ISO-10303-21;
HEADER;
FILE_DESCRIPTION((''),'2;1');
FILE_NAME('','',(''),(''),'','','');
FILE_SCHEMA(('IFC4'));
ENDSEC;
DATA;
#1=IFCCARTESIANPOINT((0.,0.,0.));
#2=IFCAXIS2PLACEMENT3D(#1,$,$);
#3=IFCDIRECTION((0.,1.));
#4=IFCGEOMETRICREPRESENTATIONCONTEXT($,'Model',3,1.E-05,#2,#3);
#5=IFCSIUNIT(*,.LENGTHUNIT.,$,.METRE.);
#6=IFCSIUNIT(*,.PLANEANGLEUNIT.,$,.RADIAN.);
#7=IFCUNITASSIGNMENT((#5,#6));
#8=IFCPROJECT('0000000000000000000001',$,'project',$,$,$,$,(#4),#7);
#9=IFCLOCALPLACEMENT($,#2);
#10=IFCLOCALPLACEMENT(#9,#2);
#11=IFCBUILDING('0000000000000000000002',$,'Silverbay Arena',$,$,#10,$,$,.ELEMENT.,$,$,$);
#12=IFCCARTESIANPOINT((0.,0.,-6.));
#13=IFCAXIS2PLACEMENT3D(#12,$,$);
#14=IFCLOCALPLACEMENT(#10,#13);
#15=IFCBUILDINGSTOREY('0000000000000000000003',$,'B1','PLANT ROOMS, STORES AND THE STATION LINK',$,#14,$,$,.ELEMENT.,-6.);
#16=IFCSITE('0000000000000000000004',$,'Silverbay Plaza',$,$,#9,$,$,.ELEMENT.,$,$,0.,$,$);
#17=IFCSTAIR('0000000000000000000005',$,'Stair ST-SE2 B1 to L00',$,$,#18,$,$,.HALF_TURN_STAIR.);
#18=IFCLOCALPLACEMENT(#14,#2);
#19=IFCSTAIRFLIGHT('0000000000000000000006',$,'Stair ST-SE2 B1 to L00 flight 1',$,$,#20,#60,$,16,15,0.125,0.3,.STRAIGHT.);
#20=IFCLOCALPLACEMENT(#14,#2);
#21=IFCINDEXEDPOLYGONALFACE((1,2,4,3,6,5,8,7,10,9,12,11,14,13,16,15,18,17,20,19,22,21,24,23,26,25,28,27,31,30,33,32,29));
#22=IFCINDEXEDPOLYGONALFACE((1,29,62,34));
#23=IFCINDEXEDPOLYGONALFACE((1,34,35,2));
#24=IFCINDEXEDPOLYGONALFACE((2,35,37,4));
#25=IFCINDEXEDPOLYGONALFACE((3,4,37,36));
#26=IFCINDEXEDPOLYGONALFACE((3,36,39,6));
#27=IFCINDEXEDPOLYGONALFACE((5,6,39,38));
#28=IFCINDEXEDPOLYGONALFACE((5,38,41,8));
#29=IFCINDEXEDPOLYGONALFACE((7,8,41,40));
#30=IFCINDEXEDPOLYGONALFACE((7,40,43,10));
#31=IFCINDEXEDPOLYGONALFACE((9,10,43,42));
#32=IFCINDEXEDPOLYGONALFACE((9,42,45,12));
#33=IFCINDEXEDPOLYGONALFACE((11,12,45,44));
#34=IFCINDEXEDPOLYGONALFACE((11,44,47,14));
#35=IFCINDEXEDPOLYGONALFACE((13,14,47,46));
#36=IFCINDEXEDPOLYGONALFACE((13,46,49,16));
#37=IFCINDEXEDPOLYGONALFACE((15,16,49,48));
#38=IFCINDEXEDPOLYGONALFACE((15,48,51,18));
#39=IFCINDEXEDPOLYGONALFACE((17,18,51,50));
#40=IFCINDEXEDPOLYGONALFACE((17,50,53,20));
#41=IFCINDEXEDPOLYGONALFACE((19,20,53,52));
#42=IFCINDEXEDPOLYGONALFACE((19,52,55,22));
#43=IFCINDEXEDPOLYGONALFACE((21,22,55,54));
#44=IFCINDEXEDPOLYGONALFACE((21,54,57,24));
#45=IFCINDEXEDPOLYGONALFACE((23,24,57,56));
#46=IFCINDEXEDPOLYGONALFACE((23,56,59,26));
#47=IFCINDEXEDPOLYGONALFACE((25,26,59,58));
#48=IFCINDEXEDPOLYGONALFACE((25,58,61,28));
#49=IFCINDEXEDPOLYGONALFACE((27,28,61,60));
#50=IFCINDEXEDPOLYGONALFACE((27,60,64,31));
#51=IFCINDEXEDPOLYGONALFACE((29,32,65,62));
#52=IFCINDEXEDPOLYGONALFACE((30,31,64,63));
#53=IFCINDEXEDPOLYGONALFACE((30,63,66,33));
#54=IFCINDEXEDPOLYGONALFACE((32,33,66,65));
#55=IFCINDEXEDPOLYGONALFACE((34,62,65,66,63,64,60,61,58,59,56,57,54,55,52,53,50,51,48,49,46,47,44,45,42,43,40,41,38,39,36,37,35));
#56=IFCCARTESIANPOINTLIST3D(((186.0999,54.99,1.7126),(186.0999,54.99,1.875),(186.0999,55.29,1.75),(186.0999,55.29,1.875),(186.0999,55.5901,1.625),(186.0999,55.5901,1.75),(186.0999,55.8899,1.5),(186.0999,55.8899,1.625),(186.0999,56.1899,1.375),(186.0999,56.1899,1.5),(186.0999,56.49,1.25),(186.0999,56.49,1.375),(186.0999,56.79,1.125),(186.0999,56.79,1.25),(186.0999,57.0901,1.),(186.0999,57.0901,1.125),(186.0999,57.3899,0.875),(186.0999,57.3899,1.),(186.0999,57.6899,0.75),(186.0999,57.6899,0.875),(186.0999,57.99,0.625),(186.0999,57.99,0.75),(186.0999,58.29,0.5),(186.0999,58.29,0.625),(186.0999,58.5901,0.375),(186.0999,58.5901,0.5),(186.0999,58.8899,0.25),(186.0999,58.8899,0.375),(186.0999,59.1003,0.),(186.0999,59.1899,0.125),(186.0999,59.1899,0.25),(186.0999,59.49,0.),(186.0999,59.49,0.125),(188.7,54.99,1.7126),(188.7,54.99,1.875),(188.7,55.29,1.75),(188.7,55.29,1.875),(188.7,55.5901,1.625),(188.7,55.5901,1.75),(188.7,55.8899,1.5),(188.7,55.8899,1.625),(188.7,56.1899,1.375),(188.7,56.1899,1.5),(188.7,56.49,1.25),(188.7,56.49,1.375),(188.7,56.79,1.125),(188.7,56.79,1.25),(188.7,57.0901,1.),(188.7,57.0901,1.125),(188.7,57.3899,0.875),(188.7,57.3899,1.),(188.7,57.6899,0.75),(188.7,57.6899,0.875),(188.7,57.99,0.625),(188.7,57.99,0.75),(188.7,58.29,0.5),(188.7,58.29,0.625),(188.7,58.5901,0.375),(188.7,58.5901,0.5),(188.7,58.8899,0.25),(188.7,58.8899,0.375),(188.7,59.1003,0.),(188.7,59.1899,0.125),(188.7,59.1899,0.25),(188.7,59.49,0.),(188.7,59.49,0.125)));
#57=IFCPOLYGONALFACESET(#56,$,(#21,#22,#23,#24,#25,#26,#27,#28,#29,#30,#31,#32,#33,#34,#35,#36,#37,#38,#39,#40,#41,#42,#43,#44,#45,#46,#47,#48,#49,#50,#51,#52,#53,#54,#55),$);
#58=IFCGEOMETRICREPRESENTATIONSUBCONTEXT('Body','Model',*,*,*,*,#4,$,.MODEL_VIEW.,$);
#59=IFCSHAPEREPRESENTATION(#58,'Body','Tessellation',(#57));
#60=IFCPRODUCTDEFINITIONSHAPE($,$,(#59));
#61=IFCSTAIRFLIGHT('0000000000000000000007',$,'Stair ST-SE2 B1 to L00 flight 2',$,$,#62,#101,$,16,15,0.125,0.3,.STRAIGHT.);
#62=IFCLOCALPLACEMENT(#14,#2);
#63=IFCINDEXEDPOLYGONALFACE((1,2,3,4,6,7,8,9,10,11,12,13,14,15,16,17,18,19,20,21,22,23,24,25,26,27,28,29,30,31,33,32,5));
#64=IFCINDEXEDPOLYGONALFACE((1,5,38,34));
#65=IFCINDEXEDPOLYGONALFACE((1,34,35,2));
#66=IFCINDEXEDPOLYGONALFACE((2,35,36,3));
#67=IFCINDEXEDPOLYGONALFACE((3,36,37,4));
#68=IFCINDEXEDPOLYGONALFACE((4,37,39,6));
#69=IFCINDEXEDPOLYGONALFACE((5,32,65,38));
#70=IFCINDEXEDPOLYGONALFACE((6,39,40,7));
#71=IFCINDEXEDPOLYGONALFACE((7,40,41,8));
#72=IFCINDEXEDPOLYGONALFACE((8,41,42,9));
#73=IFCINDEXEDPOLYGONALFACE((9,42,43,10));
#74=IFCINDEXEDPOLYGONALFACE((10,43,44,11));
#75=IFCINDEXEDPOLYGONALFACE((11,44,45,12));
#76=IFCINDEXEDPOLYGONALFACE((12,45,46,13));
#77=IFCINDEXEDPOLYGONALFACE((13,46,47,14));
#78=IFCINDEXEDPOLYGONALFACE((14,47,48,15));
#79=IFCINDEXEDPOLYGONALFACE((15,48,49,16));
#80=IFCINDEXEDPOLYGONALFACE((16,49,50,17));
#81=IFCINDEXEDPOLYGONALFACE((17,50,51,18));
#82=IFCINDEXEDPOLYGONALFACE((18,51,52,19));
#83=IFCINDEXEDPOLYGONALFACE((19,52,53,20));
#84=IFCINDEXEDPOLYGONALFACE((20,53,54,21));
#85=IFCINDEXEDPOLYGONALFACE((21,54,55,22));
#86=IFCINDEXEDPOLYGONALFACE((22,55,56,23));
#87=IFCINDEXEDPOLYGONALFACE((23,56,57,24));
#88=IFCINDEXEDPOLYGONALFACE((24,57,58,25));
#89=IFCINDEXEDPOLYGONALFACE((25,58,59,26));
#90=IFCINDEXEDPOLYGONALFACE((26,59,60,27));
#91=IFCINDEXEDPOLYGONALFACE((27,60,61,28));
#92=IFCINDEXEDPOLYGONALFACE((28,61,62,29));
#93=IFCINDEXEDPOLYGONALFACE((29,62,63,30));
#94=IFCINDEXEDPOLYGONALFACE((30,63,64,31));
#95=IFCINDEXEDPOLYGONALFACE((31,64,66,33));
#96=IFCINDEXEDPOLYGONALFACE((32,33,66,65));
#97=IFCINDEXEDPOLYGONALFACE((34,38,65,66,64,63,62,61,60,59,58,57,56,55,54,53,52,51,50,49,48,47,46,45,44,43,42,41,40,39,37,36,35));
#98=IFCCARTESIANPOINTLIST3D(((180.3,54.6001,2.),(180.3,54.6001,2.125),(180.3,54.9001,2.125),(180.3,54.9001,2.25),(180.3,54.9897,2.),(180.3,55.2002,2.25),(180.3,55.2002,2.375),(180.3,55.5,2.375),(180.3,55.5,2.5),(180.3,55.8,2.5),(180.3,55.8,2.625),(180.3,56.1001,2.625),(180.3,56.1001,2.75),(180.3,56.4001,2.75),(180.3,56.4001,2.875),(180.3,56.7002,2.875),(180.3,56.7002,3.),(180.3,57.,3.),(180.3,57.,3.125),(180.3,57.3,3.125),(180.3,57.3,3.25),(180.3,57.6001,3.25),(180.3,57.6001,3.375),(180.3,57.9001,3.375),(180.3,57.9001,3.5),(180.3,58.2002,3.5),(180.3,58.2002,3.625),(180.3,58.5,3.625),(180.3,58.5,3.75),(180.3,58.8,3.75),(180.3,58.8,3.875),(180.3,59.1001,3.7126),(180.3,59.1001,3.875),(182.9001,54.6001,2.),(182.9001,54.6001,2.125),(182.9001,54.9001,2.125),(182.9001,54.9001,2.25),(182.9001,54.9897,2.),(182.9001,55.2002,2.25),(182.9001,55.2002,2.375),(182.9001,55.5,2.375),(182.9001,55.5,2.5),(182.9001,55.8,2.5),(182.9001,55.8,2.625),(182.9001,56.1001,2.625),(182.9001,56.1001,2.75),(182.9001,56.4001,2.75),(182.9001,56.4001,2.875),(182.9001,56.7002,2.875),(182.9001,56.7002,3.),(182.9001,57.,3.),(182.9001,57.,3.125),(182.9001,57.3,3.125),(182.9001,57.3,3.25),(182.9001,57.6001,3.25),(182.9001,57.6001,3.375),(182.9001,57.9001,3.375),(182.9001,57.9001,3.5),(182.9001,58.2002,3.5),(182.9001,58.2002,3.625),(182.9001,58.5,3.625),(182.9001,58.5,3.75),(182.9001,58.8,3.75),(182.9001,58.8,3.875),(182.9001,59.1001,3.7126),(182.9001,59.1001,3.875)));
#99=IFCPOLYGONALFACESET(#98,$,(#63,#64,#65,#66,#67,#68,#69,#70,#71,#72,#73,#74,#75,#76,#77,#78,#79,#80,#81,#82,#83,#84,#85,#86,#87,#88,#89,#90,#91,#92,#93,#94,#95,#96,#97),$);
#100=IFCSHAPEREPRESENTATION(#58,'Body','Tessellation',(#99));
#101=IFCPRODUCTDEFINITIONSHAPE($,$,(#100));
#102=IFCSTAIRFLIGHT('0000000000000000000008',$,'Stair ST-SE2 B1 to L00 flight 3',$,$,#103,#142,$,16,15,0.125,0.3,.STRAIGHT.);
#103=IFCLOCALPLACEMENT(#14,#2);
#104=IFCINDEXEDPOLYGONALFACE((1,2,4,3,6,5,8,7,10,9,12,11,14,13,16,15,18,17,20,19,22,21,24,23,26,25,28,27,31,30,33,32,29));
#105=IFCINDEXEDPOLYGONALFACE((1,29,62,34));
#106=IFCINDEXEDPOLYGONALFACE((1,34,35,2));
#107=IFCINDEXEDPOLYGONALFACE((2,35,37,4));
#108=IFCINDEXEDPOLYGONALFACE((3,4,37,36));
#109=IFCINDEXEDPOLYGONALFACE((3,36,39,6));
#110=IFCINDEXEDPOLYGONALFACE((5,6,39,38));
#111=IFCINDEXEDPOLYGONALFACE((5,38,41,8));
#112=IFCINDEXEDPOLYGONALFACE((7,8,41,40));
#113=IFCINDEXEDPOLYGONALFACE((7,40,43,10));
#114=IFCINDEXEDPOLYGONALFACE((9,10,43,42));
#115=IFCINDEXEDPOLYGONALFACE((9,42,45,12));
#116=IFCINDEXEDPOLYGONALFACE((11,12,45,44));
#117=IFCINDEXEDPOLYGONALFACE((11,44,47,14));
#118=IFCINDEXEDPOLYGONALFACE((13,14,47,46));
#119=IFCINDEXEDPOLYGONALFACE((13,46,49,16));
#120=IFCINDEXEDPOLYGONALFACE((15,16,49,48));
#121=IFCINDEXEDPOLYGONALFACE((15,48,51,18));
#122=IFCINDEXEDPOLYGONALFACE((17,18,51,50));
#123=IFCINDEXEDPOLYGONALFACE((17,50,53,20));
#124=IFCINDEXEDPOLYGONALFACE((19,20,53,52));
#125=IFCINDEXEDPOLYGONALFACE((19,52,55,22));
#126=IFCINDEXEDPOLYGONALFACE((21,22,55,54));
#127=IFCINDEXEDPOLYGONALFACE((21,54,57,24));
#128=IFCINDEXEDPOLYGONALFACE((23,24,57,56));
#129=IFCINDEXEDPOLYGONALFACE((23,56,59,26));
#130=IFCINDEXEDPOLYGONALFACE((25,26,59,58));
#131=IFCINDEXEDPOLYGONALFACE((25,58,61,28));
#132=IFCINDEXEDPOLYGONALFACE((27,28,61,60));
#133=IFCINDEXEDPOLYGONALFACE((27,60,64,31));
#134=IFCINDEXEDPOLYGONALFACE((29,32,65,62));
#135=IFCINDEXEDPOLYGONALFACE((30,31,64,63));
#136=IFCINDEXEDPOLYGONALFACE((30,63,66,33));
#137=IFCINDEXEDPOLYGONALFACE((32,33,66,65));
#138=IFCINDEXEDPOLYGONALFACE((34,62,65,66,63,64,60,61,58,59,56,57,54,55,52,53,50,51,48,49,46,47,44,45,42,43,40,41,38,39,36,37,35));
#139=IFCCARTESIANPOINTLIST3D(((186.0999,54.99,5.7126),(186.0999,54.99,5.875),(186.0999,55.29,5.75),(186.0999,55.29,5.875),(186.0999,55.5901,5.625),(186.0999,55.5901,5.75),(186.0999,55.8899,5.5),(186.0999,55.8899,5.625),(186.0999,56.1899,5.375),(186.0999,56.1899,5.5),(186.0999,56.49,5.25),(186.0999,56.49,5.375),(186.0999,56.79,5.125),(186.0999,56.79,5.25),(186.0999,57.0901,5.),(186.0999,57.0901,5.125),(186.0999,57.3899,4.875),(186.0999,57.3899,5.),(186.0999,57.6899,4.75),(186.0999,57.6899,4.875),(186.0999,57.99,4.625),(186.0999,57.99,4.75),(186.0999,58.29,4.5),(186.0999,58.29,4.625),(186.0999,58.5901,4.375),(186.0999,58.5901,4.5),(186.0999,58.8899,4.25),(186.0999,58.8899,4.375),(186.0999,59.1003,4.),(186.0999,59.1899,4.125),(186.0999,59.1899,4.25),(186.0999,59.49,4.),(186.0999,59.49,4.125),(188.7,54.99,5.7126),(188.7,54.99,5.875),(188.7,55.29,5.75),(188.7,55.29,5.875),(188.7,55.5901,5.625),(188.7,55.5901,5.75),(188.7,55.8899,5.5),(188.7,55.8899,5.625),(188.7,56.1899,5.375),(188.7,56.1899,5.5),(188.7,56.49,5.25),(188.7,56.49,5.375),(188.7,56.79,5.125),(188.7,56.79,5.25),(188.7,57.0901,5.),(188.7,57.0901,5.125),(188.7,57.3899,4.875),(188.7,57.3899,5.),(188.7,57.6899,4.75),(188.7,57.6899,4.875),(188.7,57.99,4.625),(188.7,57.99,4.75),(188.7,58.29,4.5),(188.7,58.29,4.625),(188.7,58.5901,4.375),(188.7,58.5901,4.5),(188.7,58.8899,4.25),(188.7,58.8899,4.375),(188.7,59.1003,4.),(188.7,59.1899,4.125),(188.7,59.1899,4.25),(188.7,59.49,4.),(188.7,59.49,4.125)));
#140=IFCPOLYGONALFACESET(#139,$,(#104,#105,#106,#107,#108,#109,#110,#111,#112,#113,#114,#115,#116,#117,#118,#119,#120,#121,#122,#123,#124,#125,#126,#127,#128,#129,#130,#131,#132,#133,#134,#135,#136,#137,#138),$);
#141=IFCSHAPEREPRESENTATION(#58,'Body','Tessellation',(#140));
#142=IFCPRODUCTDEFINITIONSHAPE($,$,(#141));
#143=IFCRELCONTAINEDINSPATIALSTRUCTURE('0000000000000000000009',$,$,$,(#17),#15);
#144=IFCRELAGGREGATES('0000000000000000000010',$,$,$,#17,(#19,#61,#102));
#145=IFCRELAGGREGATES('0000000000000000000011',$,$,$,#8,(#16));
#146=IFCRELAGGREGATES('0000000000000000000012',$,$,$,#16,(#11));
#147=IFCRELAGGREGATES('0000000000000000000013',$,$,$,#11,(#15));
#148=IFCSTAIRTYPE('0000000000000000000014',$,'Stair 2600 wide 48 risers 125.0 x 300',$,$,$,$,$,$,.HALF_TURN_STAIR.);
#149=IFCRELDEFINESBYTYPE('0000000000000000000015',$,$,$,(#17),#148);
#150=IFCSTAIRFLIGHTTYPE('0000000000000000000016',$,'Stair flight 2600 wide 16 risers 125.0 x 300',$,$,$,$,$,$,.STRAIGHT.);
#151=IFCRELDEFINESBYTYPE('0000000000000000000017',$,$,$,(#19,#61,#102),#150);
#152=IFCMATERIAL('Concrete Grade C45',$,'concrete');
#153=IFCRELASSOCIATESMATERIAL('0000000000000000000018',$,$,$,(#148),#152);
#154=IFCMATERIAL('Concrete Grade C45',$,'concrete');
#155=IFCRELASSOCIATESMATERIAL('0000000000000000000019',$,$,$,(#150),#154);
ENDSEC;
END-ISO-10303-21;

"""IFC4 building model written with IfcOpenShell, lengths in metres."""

from ifc_helpers import new_model, si_unit, direction, frame, origin, place, context, subcontext, project, spatial, polyline, outline, extrude, material, type_object, element, aggregate, save


model = new_model("IFC4")

# Units and contexts
model_context = context("Model", 3, precision=1e-05, world=origin(), true_north=direction((0.0, 1.0)))
body_context = subcontext(model_context, "Body", "Model", "MODEL_VIEW")
ifc_project = project(units=[si_unit("LENGTHUNIT", "METRE"), si_unit("PLANEANGLEUNIT", "RADIAN")], contexts=[model_context])

# Site, building, storey
site_placement = place(None, origin())
site = spatial("IfcSite", under=ifc_project, at=site_placement, Name="Silverbay Plaza", CompositionType="ELEMENT", RefElevation=0.0)
building_placement = place(site_placement, origin())
building = spatial("IfcBuilding", under=site, at=building_placement, Name="Silverbay Arena", CompositionType="ELEMENT")
storey_placement = place(building_placement, frame((0.0, 0.0, -6.0)))
storey = spatial("IfcBuildingStorey", under=building, at=storey_placement, Name="B1", Description="PLANT ROOMS, STORES AND THE STATION LINK", CompositionType="ELEMENT", Elevation=-6.0)

# Stair, stair flights
ifc_material_1 = material(Name="Concrete Grade C45", Category="concrete")
stair_type = type_object("IfcStairType", Name="Stair 2600 wide 48 risers 125.0 x 300", PredefinedType="HALF_TURN_STAIR", material=ifc_material_1)
stair_placement = place(storey_placement, origin())
stair = element("IfcStair", 1, at=stair_placement, inside=storey, type_object=stair_type, Name="Stair ST-SE2 B1 to L00", PredefinedType="HALF_TURN_STAIR")
ifc_material_2 = material(Name="Concrete Grade C45", Category="concrete")
stair_flight_type = type_object("IfcStairFlightType", Name="Stair flight 2600 wide 16 risers 125.0 x 300", PredefinedType="STRAIGHT", material=ifc_material_2)
stair_flight_1_placement = place(storey_placement, frame((187.3999, 59.49, 0.0), z_axis=(0.0, 0.0, 1.0), x_axis=(0.0, -1.0, 0.0)))
stair_flight_1 = element("IfcStairFlight", 2, at=stair_flight_1_placement, type_object=stair_flight_type, Name="Stair ST-SE2 B1 to L00 flight 1", NumberOfRisers=16, NumberOfTreads=15, PredefinedType="STRAIGHT", RiserHeight=0.125, TreadLength=0.3, context=body_context, shape_type="SweptSolid", body=[
    extrude(outline(polyline([(0.0, 0.0), (0.0, 0.125), (0.3, 0.125), (0.3, 0.25), (0.6001, 0.25), (0.6001, 0.375), (0.8999, 0.375), (0.8999, 0.5), (1.2, 0.5), (1.2, 0.625), (1.5, 0.625), (1.5, 0.75), (1.8, 0.75), (1.8, 0.875), (2.1001, 0.875), (2.1001, 1.0), (2.3999, 1.0), (2.3999, 1.125), (2.7, 1.125), (2.7, 1.25), (3.0, 1.25), (3.0, 1.375), (3.3, 1.375), (3.3, 1.5), (3.6001, 1.5), (3.6001, 1.625), (3.8999, 1.625), (3.8999, 1.75), (4.2, 1.75), (4.2, 1.875), (4.5, 1.875), (4.5, 1.7126), (0.3896, 0.0), (0.0, 0.0)])), frame((0.0, 1.3, 0.0), z_axis=(0.0, -1.0, 0.0), x_axis=(1.0, 0.0, 0.0)), (0.0, 0.0, 1.0), 2.6001),
])
stair_flight_2_placement = place(storey_placement, frame((181.6001, 54.6001, 2.0), z_axis=(0.0, 0.0, 1.0), x_axis=(0.0, 1.0, 0.0)))
stair_flight_2 = element("IfcStairFlight", 3, at=stair_flight_2_placement, type_object=stair_flight_type, Name="Stair ST-SE2 B1 to L00 flight 2", NumberOfRisers=16, NumberOfTreads=15, PredefinedType="STRAIGHT", RiserHeight=0.125, TreadLength=0.3, context=body_context, shape_type="SweptSolid", body=[
    extrude(outline(polyline([(0.0, 0.0), (0.0, 0.125), (0.3, 0.125), (0.3, 0.25), (0.6001, 0.25), (0.6001, 0.375), (0.8999, 0.375), (0.8999, 0.5), (1.2, 0.5), (1.2, 0.625), (1.5, 0.625), (1.5, 0.75), (1.8, 0.75), (1.8, 0.875), (2.1001, 0.875), (2.1001, 1.0), (2.3999, 1.0), (2.3999, 1.125), (2.7, 1.125), (2.7, 1.25), (3.0, 1.25), (3.0, 1.375), (3.3, 1.375), (3.3, 1.5), (3.6001, 1.5), (3.6001, 1.625), (3.8999, 1.625), (3.8999, 1.75), (4.2, 1.75), (4.2, 1.875), (4.5, 1.875), (4.5, 1.7126), (0.3896, 0.0), (0.0, 0.0)])), frame((0.0, 1.3, 0.0), z_axis=(0.0, -1.0, 0.0), x_axis=(1.0, 0.0, 0.0)), (0.0, 0.0, 1.0), 2.6001),
])
stair_flight_3_placement = place(storey_placement, frame((187.3999, 59.49, 4.0), z_axis=(0.0, 0.0, 1.0), x_axis=(0.0, -1.0, 0.0)))
stair_flight_3 = element("IfcStairFlight", 4, at=stair_flight_3_placement, type_object=stair_flight_type, Name="Stair ST-SE2 B1 to L00 flight 3", NumberOfRisers=16, NumberOfTreads=15, PredefinedType="STRAIGHT", RiserHeight=0.125, TreadLength=0.3, context=body_context, shape_type="SweptSolid", body=[
    extrude(outline(polyline([(0.0, 0.0), (0.0, 0.125), (0.3, 0.125), (0.3, 0.25), (0.6001, 0.25), (0.6001, 0.375), (0.8999, 0.375), (0.8999, 0.5), (1.2, 0.5), (1.2, 0.625), (1.5, 0.625), (1.5, 0.75), (1.8, 0.75), (1.8, 0.875), (2.1001, 0.875), (2.1001, 1.0), (2.3999, 1.0), (2.3999, 1.125), (2.7, 1.125), (2.7, 1.25), (3.0, 1.25), (3.0, 1.375), (3.3, 1.375), (3.3, 1.5), (3.6001, 1.5), (3.6001, 1.625), (3.8999, 1.625), (3.8999, 1.75), (4.2, 1.75), (4.2, 1.875), (4.5, 1.875), (4.5, 1.7126), (0.3896, 0.0), (0.0, 0.0)])), frame((0.0, 1.3, 0.0), z_axis=(0.0, -1.0, 0.0), x_axis=(1.0, 0.0, 0.0)), (0.0, 0.0, 1.0), 2.6001),
])
aggregate(stair, [stair_flight_1, stair_flight_2, stair_flight_3])

save(model, "model.ifc")
